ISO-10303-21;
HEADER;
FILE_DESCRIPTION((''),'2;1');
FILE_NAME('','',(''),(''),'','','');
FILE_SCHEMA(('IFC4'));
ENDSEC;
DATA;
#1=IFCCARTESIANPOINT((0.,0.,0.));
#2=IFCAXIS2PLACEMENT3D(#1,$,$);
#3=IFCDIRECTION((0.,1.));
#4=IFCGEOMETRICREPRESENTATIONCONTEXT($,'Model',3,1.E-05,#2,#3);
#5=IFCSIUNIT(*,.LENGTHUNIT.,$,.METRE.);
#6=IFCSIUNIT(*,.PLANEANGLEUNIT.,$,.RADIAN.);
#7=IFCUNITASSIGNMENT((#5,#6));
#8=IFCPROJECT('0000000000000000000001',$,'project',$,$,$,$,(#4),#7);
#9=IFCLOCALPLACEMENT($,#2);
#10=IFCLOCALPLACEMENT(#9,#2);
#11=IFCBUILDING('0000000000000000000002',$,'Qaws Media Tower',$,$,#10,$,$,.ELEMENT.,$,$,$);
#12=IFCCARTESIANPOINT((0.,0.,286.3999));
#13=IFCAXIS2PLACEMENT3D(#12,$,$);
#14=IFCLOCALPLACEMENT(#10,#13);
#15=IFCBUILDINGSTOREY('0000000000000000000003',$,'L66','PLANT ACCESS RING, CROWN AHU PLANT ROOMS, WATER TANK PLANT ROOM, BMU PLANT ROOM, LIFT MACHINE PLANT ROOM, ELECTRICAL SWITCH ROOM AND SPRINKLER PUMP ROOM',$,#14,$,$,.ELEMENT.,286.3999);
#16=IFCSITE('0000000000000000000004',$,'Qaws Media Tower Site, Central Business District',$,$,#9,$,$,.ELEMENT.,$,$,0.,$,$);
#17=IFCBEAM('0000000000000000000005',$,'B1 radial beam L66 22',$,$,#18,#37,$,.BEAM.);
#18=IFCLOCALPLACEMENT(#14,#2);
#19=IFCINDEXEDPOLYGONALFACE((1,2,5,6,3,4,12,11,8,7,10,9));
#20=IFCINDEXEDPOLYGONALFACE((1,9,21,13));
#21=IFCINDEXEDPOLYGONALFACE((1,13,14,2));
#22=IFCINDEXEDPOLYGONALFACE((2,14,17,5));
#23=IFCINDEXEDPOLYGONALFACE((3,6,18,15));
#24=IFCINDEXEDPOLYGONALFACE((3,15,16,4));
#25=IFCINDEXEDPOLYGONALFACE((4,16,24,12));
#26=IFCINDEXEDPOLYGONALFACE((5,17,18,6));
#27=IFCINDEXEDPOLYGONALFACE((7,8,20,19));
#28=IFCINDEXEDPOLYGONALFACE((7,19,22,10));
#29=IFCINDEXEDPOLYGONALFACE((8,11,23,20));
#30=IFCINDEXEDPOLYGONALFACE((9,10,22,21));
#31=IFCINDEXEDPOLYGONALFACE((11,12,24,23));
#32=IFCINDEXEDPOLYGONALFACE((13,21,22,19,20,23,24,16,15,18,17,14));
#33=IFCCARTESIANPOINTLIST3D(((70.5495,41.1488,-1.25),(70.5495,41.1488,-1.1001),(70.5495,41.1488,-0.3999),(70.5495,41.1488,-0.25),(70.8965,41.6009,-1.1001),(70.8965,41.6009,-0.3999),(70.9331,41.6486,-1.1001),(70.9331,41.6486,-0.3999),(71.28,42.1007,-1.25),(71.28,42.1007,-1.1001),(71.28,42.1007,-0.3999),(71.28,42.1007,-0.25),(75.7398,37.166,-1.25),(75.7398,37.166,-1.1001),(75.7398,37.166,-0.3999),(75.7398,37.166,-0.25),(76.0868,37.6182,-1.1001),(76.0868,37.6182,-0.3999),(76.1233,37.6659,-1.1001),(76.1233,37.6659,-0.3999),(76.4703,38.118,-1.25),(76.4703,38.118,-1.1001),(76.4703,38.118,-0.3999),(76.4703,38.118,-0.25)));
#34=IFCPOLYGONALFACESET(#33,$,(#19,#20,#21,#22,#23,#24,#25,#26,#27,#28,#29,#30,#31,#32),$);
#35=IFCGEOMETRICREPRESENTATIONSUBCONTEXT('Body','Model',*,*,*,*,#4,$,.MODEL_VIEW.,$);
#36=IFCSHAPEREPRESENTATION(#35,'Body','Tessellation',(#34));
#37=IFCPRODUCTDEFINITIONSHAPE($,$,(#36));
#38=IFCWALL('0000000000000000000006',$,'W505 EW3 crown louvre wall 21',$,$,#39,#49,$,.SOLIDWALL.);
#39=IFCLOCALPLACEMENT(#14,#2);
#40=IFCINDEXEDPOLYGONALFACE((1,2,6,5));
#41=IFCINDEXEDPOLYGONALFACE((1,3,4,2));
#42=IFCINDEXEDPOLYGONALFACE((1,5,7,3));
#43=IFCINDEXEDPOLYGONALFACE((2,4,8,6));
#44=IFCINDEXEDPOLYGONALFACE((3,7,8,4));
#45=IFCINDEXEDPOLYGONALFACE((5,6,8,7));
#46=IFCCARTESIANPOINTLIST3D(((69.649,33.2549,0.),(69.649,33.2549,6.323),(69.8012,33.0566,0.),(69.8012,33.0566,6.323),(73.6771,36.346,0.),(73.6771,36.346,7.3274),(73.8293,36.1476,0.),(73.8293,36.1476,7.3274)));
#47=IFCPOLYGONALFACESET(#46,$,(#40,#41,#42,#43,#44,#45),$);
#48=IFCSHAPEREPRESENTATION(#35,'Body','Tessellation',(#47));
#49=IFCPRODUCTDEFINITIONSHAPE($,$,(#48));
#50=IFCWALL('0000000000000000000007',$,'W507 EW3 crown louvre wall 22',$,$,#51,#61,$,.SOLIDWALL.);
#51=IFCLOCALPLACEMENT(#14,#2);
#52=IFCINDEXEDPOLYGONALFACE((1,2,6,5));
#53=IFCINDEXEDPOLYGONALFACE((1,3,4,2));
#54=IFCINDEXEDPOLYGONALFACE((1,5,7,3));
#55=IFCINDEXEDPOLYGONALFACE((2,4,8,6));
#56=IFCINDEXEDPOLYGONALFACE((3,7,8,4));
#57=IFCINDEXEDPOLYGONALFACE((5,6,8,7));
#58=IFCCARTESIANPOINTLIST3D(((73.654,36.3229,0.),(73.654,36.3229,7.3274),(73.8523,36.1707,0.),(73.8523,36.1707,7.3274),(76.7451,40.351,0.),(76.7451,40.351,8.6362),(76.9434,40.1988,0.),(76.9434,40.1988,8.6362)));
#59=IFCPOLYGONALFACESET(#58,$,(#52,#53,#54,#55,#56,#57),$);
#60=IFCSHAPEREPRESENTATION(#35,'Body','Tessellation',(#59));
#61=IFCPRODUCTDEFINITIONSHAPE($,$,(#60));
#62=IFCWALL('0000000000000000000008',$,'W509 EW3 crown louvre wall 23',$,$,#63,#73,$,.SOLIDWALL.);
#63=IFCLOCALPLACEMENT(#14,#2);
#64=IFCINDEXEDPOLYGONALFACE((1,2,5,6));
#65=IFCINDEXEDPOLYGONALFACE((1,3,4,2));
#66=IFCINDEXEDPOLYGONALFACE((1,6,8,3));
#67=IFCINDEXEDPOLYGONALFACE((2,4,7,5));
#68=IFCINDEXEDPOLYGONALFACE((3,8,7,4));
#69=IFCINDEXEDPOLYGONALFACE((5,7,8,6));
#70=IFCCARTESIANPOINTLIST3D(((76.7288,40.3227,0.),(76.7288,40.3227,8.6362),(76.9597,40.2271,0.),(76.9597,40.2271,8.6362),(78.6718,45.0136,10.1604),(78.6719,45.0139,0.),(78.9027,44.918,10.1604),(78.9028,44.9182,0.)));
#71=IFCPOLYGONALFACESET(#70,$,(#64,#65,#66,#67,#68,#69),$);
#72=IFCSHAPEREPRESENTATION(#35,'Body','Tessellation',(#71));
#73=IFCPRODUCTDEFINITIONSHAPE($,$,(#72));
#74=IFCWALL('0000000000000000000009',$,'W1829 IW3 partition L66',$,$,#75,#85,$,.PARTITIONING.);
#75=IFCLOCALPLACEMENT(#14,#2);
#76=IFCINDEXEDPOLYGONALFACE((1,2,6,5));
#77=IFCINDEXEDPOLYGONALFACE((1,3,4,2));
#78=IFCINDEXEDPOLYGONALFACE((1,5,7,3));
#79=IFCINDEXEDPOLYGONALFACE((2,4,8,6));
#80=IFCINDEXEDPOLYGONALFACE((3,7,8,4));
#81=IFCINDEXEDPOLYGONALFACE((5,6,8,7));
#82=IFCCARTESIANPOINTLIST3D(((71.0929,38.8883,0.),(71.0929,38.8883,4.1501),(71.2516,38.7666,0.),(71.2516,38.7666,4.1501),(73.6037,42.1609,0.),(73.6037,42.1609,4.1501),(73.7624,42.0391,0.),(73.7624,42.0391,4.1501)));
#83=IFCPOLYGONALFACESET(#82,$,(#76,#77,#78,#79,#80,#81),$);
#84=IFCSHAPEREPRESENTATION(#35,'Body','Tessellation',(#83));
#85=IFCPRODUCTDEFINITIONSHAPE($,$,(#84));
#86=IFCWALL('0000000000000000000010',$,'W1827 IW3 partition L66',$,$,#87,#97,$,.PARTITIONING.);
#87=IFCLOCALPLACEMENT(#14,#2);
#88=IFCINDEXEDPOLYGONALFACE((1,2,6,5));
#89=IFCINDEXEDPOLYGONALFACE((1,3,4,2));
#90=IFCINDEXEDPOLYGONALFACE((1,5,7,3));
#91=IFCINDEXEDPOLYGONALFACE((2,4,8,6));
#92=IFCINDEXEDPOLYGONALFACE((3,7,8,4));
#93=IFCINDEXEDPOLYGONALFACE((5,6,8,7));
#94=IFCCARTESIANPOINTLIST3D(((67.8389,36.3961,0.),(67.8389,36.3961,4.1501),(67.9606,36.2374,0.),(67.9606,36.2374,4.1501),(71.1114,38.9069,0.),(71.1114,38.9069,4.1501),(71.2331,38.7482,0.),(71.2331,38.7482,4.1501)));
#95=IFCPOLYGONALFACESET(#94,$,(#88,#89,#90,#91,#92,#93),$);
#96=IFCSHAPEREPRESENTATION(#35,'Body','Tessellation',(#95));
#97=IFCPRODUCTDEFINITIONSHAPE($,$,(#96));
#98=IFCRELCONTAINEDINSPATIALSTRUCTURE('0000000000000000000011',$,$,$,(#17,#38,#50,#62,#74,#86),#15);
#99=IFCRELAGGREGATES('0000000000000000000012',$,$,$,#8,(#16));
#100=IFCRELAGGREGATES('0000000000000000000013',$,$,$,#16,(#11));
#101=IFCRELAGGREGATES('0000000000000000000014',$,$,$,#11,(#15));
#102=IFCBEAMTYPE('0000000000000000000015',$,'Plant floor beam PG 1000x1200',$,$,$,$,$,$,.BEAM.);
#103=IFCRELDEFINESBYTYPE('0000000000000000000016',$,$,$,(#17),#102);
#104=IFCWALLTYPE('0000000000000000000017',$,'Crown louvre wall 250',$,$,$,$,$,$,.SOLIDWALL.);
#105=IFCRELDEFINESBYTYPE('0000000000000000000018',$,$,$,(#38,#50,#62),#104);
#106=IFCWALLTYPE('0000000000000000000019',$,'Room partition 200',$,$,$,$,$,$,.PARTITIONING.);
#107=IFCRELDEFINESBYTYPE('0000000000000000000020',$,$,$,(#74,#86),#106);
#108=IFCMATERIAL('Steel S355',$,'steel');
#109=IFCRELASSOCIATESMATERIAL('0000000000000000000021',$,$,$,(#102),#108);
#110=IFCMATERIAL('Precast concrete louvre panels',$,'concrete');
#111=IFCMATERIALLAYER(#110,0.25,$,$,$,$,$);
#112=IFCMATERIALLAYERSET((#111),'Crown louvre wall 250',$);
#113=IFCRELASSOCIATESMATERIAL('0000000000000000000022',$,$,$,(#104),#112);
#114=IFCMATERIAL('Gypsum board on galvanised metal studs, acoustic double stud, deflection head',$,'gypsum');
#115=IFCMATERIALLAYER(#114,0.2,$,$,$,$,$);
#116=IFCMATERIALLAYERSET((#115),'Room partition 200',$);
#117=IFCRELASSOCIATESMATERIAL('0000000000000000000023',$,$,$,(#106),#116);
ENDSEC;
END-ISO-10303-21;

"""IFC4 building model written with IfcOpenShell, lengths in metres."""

from ifc_helpers import new_model, si_unit, direction, frame, frame_2d, origin, origin_2d, place, context, subcontext, project, spatial, polyline, rectangle, i_section, outline, extrude, material, layer, layer_set, material_profile, profile_set, type_object, element, save


model = new_model("IFC4")

# Units and contexts
model_context = context("Model", 3, precision=1e-05, world=origin(), true_north=direction((0.0, 1.0)))
body_context = subcontext(model_context, "Body", "Model", "MODEL_VIEW")
ifc_project = project(units=[si_unit("LENGTHUNIT", "METRE"), si_unit("PLANEANGLEUNIT", "RADIAN")], contexts=[model_context])

# Site, building, storey
site_placement = place(None, origin())
site = spatial("IfcSite", under=ifc_project, at=site_placement, Name="Qaws Media Tower Site, Central Business District", CompositionType="ELEMENT", RefElevation=0.0)
building_placement = place(site_placement, origin())
building = spatial("IfcBuilding", under=site, at=building_placement, Name="Qaws Media Tower", CompositionType="ELEMENT")
storey_placement = place(building_placement, frame((0.0, 0.0, 286.3999)))
storey = spatial("IfcBuildingStorey", under=building, at=storey_placement, Name="L66", Description="PLANT ACCESS RING, CROWN AHU PLANT ROOMS, WATER TANK PLANT ROOM, BMU PLANT ROOM, LIFT MACHINE PLANT ROOM, ELECTRICAL SWITCH ROOM AND SPRINKLER PUMP ROOM", CompositionType="ELEMENT", Elevation=286.3999)

# Beam
ifc_material_1 = material(Name="Steel S355", Category="steel")
ifc_material_profile_1 = material_profile(ifc_material_1, i_section(OverallWidth=1.2, OverallDepth=1.0, WebThickness=0.0601, FlangeThickness=0.1499, at=origin_2d()), Name="PG 1000x1200")
ifc_profile_set_1 = profile_set([ifc_material_profile_1], Name="Steel S355")
beam_type_1 = type_object("IfcBeamType", Name="Plant floor beam PG 1000x1200", PredefinedType="BEAM", material=ifc_profile_set_1)
for number, where, z_axis, x_axis, name in (
    (1, (70.9148, 41.6248, -0.75), (0.793346, -0.608771, 0.0), (0.608771, 0.793346, 0.0), "B1 radial beam L66 22"),
):
    element("IfcBeam", number, at=place(storey_placement, frame(where, z_axis=z_axis, x_axis=x_axis)), inside=storey, type_object=beam_type_1, Name=name, PredefinedType="BEAM", context=body_context, shape_type="SweptSolid", body=[
        extrude(i_section(OverallWidth=1.2, OverallDepth=1.0, WebThickness=0.0601, FlangeThickness=0.1499, at=origin_2d()), origin(), (0.0, 0.0, 1.0), 6.5422),
    ])

# Walls
ifc_material_2 = material(Name="Precast concrete louvre panels", Category="concrete")
ifc_layer_1 = layer(ifc_material_2, 0.25)
ifc_layer_set_1 = layer_set([ifc_layer_1], Name="Crown louvre wall 250")
wall_type_1 = type_object("IfcWallType", Name="Crown louvre wall 250", PredefinedType="SOLIDWALL", material=ifc_layer_set_1)
wall_1_placement = place(storey_placement, frame((69.7251, 33.1558, 0.0), z_axis=(0.0, 0.0, 1.0), x_axis=(0.793333, 0.608788, 0.0)))
element("IfcWall", 2, at=wall_1_placement, inside=storey, type_object=wall_type_1, Name="W505 EW3 crown louvre wall 21", PredefinedType="SOLIDWALL", context=body_context, shape_type="SweptSolid", body=[
    extrude(outline(polyline([(0.0, 0.0), (5.0774, 0.0), (5.0774, 7.3274), (0.0, 6.323), (0.0, 0.0)])), frame((0.0, 0.125, 0.0), z_axis=(0.0, -1.0, 0.0), x_axis=(1.0, 0.0, 0.0)), (0.0, 0.0, 1.0), 0.25),
])
wall_2_placement = place(storey_placement, frame((73.7532, 36.2468, 0.0), z_axis=(0.0, 0.0, 1.0), x_axis=(0.608788, 0.793333, 0.0)))
element("IfcWall", 3, at=wall_2_placement, inside=storey, type_object=wall_type_1, Name="W507 EW3 crown louvre wall 22", PredefinedType="SOLIDWALL", context=body_context, shape_type="SweptSolid", body=[
    extrude(outline(polyline([(0.0, 0.0), (5.0774, 0.0), (5.0774, 8.6362), (0.0, 7.3274), (0.0, 0.0)])), frame((0.0, 0.125, 0.0), z_axis=(0.0, -1.0, 0.0), x_axis=(1.0, 0.0, 0.0)), (0.0, 0.0, 1.0), 0.25),
])
wall_3_placement = place(storey_placement, frame((76.8442, 40.2749, 0.0), z_axis=(0.0, 0.0, 1.0), x_axis=(0.382679, 0.923881, 0.0)))
element("IfcWall", 4, at=wall_3_placement, inside=storey, type_object=wall_type_1, Name="W509 EW3 crown louvre wall 23", PredefinedType="SOLIDWALL", context=body_context, shape_type="SweptSolid", body=[
    extrude(outline(polyline([(0.0, 0.0), (5.0776, 0.0), (5.0774, 10.1604), (0.0, 8.6362), (0.0, 0.0)])), frame((0.0, 0.125, 0.0), z_axis=(0.0, -1.0, 0.0), x_axis=(1.0, 0.0, 0.0)), (0.0, 0.0, 1.0), 0.25),
])
ifc_material_3 = material(Name="Gypsum board on galvanised metal studs, acoustic double stud, deflection head", Category="gypsum")
ifc_layer_2 = layer(ifc_material_3, 0.2)
ifc_layer_set_2 = layer_set([ifc_layer_2], Name="Room partition 200")
wall_type_2 = type_object("IfcWallType", Name="Room partition 200", PredefinedType="PARTITIONING", material=ifc_layer_set_2)
for number, where, z_axis, x_axis, name in (
    (5, (73.6831, 42.1001, 0.0), (0.0, 0.0, 1.0), (-0.608715, -0.793389, 0.0), "W1829 IW3 partition L66"),
    (6, (71.1724, 38.8276, 0.0), (0.0, 0.0, 1.0), (-0.793389, -0.608715, 0.0), "W1827 IW3 partition L66"),
):
    element("IfcWall", number, at=place(storey_placement, frame(where, z_axis=z_axis, x_axis=x_axis)), inside=storey, type_object=wall_type_2, Name=name, PredefinedType="PARTITIONING", context=body_context, shape_type="SweptSolid", body=[
        extrude(rectangle(XDim=4.1248, YDim=0.2, at=frame_2d((2.0625, 0.0))), origin(), (0.0, 0.0, 1.0), 4.1501),
    ])

save(model, "model.ifc")
